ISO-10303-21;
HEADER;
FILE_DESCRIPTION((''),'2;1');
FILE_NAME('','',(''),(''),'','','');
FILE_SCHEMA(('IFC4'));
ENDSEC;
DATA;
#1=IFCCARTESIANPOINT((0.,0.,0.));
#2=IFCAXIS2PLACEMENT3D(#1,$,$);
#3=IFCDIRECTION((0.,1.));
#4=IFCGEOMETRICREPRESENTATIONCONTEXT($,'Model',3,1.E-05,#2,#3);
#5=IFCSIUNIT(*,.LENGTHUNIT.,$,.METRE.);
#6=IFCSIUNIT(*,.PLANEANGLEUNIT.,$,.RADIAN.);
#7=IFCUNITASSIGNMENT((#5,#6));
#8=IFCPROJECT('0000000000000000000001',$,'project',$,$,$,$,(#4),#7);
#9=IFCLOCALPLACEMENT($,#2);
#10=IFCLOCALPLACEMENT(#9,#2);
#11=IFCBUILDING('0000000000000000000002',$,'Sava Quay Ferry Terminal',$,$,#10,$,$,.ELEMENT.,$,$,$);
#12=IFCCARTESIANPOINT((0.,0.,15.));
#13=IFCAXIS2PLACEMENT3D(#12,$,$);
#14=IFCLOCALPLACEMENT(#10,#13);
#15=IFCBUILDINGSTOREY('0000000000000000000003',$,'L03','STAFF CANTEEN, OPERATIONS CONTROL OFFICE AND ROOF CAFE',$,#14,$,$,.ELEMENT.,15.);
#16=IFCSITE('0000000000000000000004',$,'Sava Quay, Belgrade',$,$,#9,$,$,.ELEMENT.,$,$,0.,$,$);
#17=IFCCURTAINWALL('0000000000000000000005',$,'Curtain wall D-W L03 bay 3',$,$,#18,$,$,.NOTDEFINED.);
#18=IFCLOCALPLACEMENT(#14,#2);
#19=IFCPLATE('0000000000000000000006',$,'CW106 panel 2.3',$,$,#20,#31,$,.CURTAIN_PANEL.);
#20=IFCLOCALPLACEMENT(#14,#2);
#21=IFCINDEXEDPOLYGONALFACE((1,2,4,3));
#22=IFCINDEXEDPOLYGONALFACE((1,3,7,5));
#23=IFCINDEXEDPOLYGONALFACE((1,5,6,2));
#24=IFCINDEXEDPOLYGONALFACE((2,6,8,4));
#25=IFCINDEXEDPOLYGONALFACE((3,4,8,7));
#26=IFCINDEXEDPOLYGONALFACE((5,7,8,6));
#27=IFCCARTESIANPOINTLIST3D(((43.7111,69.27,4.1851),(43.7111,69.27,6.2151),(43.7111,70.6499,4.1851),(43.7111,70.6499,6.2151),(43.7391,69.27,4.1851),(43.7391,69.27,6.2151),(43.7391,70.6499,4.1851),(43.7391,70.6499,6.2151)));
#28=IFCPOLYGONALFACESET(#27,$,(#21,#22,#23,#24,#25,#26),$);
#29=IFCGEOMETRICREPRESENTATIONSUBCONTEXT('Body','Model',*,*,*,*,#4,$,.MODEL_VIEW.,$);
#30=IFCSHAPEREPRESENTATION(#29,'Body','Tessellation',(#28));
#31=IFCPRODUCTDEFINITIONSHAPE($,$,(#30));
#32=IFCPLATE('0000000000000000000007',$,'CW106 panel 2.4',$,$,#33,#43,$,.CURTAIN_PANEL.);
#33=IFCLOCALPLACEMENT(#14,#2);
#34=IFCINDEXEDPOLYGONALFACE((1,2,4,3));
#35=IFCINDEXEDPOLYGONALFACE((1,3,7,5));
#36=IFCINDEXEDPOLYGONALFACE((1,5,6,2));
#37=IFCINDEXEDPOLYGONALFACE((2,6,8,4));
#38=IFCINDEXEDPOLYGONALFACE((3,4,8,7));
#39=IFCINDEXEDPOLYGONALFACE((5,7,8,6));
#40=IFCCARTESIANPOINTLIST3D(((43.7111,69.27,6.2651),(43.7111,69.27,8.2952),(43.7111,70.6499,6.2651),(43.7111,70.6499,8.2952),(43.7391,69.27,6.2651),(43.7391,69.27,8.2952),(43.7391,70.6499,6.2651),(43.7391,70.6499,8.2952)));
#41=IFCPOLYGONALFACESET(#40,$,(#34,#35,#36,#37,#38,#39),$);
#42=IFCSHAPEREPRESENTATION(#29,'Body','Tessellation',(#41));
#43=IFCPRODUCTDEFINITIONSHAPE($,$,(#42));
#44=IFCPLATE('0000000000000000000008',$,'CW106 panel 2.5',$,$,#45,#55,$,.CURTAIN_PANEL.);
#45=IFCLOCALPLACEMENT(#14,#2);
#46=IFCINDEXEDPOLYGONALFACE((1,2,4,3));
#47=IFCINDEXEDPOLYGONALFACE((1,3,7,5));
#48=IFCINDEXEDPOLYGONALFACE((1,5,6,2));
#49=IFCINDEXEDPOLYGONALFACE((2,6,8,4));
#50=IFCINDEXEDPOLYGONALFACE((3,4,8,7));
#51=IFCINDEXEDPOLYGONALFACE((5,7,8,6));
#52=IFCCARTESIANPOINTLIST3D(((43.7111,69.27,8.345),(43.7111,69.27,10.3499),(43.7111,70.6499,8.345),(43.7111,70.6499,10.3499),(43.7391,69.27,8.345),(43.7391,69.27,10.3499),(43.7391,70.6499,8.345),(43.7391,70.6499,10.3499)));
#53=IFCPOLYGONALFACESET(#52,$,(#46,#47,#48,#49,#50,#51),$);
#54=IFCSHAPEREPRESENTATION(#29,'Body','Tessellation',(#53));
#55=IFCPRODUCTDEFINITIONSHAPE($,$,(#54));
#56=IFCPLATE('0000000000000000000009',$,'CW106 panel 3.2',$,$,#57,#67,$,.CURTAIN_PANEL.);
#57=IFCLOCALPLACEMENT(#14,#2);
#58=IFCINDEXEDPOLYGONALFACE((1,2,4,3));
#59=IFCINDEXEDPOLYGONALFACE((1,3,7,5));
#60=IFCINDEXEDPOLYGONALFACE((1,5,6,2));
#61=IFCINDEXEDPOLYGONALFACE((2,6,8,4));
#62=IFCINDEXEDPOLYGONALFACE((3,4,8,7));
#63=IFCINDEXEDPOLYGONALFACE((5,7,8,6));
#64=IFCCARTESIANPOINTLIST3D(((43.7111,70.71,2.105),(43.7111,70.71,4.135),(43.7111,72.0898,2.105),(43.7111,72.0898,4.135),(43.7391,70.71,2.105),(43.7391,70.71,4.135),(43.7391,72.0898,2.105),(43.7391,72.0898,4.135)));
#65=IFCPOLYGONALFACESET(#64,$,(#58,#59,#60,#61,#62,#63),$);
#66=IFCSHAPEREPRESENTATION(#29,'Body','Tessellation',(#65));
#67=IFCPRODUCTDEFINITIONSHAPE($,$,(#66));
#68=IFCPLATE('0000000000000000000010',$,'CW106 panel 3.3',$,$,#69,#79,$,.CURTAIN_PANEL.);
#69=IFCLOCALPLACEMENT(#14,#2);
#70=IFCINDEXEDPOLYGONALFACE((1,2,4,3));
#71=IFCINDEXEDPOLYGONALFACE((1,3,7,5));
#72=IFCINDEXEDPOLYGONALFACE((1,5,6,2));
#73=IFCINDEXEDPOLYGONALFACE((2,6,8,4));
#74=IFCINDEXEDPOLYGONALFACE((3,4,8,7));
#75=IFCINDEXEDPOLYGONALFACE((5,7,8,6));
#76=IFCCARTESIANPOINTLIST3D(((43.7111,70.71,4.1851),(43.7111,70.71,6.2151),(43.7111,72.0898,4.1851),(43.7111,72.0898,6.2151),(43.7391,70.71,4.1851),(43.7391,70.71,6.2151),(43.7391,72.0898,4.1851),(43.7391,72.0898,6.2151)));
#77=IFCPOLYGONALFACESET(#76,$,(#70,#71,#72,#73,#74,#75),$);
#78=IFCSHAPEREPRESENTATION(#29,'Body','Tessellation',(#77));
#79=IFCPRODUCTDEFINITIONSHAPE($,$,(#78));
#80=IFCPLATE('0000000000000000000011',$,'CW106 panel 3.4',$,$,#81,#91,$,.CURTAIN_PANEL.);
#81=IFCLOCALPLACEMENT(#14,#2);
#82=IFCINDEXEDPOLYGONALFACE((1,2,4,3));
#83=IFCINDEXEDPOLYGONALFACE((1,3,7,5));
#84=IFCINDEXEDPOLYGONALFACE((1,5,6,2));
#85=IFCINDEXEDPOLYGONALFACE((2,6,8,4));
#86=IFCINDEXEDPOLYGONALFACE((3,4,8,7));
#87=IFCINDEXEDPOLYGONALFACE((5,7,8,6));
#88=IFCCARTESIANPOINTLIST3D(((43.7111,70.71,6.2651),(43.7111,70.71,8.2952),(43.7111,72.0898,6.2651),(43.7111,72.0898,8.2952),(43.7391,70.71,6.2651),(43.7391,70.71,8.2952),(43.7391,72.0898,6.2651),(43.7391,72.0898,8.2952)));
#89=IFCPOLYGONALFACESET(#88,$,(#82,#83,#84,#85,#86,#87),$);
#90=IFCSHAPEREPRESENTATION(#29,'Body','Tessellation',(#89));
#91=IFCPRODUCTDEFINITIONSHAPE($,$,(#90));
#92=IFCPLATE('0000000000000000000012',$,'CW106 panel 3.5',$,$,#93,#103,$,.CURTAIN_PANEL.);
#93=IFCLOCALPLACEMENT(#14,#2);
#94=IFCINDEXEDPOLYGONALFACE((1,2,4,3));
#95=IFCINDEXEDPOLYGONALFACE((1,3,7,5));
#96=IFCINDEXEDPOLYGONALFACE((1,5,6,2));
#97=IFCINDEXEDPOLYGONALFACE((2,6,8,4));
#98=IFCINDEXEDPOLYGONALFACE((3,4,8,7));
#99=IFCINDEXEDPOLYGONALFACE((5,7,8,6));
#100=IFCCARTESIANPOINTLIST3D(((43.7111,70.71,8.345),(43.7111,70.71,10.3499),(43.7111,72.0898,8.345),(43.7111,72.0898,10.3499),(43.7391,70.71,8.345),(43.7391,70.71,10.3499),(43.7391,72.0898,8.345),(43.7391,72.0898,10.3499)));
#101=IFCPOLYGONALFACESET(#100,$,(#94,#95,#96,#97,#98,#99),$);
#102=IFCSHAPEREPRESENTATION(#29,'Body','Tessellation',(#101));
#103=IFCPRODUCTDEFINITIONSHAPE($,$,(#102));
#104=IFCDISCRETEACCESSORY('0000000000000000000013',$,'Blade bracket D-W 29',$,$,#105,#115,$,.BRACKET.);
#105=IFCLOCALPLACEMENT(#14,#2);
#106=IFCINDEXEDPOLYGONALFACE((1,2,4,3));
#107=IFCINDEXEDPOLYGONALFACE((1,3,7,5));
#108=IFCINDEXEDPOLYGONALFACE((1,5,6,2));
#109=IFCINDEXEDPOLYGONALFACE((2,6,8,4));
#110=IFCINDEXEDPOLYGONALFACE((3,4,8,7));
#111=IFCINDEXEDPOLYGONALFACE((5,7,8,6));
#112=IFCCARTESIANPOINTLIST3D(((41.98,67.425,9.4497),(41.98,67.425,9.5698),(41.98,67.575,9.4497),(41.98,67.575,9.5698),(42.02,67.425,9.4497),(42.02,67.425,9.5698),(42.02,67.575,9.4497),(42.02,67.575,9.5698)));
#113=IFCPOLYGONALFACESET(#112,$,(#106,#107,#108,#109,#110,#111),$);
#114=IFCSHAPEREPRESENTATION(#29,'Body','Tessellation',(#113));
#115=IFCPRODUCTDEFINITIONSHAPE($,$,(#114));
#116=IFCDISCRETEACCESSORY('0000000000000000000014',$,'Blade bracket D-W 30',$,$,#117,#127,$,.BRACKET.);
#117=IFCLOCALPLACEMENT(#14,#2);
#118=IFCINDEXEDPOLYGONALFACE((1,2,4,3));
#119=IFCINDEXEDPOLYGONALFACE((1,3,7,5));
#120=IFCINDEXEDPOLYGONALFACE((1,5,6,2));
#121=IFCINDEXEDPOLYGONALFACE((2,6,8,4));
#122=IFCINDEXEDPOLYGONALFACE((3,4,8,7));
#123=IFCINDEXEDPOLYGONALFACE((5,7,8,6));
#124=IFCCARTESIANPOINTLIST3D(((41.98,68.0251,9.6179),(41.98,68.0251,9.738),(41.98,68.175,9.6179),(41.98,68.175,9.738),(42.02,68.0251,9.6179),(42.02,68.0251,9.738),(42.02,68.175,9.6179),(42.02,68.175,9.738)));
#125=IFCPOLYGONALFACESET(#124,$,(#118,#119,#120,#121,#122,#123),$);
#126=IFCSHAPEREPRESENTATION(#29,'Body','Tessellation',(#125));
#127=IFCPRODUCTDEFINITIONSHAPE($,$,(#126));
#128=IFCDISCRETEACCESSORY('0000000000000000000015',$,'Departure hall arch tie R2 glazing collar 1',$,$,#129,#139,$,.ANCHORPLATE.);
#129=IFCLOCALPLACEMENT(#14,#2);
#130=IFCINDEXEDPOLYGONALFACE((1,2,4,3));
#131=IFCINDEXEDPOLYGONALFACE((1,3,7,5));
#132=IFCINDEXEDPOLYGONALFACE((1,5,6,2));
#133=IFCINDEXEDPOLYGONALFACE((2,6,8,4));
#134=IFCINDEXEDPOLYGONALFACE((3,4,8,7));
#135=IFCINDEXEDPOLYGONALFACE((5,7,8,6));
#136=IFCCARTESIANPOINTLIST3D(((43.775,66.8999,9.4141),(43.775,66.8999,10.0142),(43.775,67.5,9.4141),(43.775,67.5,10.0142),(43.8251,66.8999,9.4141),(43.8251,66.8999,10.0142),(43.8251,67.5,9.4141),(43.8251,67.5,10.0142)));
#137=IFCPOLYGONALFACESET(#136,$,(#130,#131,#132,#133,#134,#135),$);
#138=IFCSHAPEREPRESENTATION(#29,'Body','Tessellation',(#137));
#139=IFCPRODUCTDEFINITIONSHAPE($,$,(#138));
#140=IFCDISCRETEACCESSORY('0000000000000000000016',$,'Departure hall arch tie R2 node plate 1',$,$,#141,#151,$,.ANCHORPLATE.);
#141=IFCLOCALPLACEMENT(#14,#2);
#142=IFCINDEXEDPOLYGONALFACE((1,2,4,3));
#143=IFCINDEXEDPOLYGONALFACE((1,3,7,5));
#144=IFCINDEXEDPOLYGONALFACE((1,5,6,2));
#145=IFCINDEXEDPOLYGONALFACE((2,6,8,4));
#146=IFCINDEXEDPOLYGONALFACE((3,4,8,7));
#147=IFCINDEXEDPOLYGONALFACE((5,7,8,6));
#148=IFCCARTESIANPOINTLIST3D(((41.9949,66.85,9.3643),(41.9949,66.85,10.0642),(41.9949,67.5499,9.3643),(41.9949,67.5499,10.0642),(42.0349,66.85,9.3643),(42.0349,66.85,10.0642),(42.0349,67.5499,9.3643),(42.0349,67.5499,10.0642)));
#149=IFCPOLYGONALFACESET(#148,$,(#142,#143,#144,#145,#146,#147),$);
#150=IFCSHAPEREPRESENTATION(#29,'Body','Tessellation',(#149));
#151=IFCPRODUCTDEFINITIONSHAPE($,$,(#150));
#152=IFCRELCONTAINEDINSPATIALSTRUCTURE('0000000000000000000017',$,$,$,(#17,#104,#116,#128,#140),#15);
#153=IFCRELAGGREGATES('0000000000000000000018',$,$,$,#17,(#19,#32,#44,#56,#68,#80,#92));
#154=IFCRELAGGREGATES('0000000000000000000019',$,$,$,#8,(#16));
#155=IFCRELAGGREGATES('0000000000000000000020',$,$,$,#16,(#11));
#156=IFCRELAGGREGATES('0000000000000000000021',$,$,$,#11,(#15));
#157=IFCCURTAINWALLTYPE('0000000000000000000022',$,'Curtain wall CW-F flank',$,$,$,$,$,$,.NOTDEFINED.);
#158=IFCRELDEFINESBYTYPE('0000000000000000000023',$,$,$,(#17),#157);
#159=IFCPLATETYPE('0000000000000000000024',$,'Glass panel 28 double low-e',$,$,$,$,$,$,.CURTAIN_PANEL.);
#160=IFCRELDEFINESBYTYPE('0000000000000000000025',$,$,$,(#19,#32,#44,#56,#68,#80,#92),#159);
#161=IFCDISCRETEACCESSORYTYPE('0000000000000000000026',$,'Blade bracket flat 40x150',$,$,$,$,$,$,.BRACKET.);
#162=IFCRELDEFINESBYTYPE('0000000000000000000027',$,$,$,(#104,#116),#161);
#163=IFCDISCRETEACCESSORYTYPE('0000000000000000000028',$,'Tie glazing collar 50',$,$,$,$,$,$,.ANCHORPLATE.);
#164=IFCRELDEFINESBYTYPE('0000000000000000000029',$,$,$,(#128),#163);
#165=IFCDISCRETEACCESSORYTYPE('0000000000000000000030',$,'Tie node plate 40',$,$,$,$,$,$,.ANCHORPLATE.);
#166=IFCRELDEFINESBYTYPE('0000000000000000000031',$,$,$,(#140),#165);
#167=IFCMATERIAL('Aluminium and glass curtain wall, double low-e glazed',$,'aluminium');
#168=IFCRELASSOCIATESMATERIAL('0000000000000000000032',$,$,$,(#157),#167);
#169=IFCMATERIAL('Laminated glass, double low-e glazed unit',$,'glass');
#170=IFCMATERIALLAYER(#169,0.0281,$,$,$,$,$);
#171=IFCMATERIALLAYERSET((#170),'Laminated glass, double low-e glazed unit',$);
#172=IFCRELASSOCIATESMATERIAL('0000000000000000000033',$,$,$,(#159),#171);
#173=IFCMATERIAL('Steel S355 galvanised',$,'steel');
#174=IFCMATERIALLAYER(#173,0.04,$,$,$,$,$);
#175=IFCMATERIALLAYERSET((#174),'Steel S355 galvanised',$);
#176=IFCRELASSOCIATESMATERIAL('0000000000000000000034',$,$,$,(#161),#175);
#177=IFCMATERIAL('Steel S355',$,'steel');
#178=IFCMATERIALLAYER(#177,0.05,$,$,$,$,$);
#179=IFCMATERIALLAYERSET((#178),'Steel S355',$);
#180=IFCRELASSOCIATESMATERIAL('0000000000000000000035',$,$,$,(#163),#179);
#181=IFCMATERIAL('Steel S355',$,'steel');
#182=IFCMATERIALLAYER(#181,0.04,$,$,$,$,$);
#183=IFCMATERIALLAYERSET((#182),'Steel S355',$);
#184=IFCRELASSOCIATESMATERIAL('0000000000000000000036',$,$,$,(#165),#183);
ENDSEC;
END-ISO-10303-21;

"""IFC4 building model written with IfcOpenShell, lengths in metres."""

from ifc_helpers import new_model, si_unit, direction, frame, origin, origin_2d, place, context, subcontext, project, spatial, rectangle, extrude, material, layer, layer_set, type_object, element, aggregate, save


model = new_model("IFC4")

# Units and contexts
model_context = context("Model", 3, precision=1e-05, world=origin(), true_north=direction((0.0, 1.0)))
body_context = subcontext(model_context, "Body", "Model", "MODEL_VIEW")
ifc_project = project(units=[si_unit("LENGTHUNIT", "METRE"), si_unit("PLANEANGLEUNIT", "RADIAN")], contexts=[model_context])

# Site, building, storey
site_placement = place(None, origin())
site = spatial("IfcSite", under=ifc_project, at=site_placement, Name="Sava Quay, Belgrade", CompositionType="ELEMENT", RefElevation=0.0)
building_placement = place(site_placement, origin())
building = spatial("IfcBuilding", under=site, at=building_placement, Name="Sava Quay Ferry Terminal", CompositionType="ELEMENT")
storey_placement = place(building_placement, frame((0.0, 0.0, 15.0)))
storey = spatial("IfcBuildingStorey", under=building, at=storey_placement, Name="L03", Description="STAFF CANTEEN, OPERATIONS CONTROL OFFICE AND ROOF CAFE", CompositionType="ELEMENT", Elevation=15.0)

# Curtain wall, plates
ifc_material_1 = material(Name="Aluminium and glass curtain wall, double low-e glazed", Category="aluminium")
curtain_wall_type = type_object("IfcCurtainWallType", Name="Curtain wall CW-F flank", PredefinedType="NOTDEFINED", material=ifc_material_1)
curtain_wall_placement = place(storey_placement, origin())
curtain_wall = element("IfcCurtainWall", 1, at=curtain_wall_placement, inside=storey, type_object=curtain_wall_type, Name="Curtain wall D-W L03 bay 3", PredefinedType="NOTDEFINED")
ifc_material_2 = material(Name="Laminated glass, double low-e glazed unit", Category="glass")
ifc_layer_1 = layer(ifc_material_2, 0.0281)
ifc_layer_set_1 = layer_set([ifc_layer_1], Name="Laminated glass, double low-e glazed unit")
plate_type = type_object("IfcPlateType", Name="Glass panel 28 double low-e", PredefinedType="CURTAIN_PANEL", material=ifc_layer_set_1)
plate_1_placement = place(storey_placement, frame((43.7251, 69.96, 4.1851), z_axis=(0.0, 0.0, 1.0), x_axis=(0.0, 1.0, 0.0)))
plate_1 = element("IfcPlate", 2, at=plate_1_placement, type_object=plate_type, Name="CW106 panel 2.3", PredefinedType="CURTAIN_PANEL", context=body_context, shape_type="SweptSolid", body=[
    extrude(rectangle(XDim=1.3799, YDim=0.0281, at=origin_2d()), origin(), (0.0, 0.0, 1.0), 2.03),
])
plate_2_placement = place(storey_placement, frame((43.7251, 69.96, 6.2651), z_axis=(0.0, 0.0, 1.0), x_axis=(0.0, 1.0, 0.0)))
plate_2 = element("IfcPlate", 3, at=plate_2_placement, type_object=plate_type, Name="CW106 panel 2.4", PredefinedType="CURTAIN_PANEL", context=body_context, shape_type="SweptSolid", body=[
    extrude(rectangle(XDim=1.3799, YDim=0.0281, at=origin_2d()), origin(), (0.0, 0.0, 1.0), 2.03),
])
plate_3_placement = place(storey_placement, frame((43.7251, 69.96, 8.345), z_axis=(0.0, 0.0, 1.0), x_axis=(0.0, 1.0, 0.0)))
plate_3 = element("IfcPlate", 4, at=plate_3_placement, type_object=plate_type, Name="CW106 panel 2.5", PredefinedType="CURTAIN_PANEL", context=body_context, shape_type="SweptSolid", body=[
    extrude(rectangle(XDim=1.3799, YDim=0.0281, at=origin_2d()), origin(), (0.0, 0.0, 1.0), 2.0049),
])
plate_4_placement = place(storey_placement, frame((43.7251, 71.3999, 2.105), z_axis=(0.0, 0.0, 1.0), x_axis=(0.0, 1.0, 0.0)))
plate_4 = element("IfcPlate", 5, at=plate_4_placement, type_object=plate_type, Name="CW106 panel 3.2", PredefinedType="CURTAIN_PANEL", context=body_context, shape_type="SweptSolid", body=[
    extrude(rectangle(XDim=1.3799, YDim=0.0281, at=origin_2d()), origin(), (0.0, 0.0, 1.0), 2.03),
])
plate_5_placement = place(storey_placement, frame((43.7251, 71.3999, 4.1851), z_axis=(0.0, 0.0, 1.0), x_axis=(0.0, 1.0, 0.0)))
plate_5 = element("IfcPlate", 6, at=plate_5_placement, type_object=plate_type, Name="CW106 panel 3.3", PredefinedType="CURTAIN_PANEL", context=body_context, shape_type="SweptSolid", body=[
    extrude(rectangle(XDim=1.3799, YDim=0.0281, at=origin_2d()), origin(), (0.0, 0.0, 1.0), 2.03),
])
plate_6_placement = place(storey_placement, frame((43.7251, 71.3999, 6.2651), z_axis=(0.0, 0.0, 1.0), x_axis=(0.0, 1.0, 0.0)))
plate_6 = element("IfcPlate", 7, at=plate_6_placement, type_object=plate_type, Name="CW106 panel 3.4", PredefinedType="CURTAIN_PANEL", context=body_context, shape_type="SweptSolid", body=[
    extrude(rectangle(XDim=1.3799, YDim=0.0281, at=origin_2d()), origin(), (0.0, 0.0, 1.0), 2.03),
])
plate_7_placement = place(storey_placement, frame((43.7251, 71.3999, 8.345), z_axis=(0.0, 0.0, 1.0), x_axis=(0.0, 1.0, 0.0)))
plate_7 = element("IfcPlate", 8, at=plate_7_placement, type_object=plate_type, Name="CW106 panel 3.5", PredefinedType="CURTAIN_PANEL", context=body_context, shape_type="SweptSolid", body=[
    extrude(rectangle(XDim=1.3799, YDim=0.0281, at=origin_2d()), origin(), (0.0, 0.0, 1.0), 2.0049),
])
aggregate(curtain_wall, [plate_1, plate_2, plate_3, plate_4, plate_5, plate_6, plate_7])

# Discrete accessories
ifc_material_3 = material(Name="Steel S355 galvanised", Category="steel")
ifc_layer_2 = layer(ifc_material_3, 0.04)
ifc_layer_set_2 = layer_set([ifc_layer_2], Name="Steel S355 galvanised")
discrete_accessory_type_1 = type_object("IfcDiscreteAccessoryType", Name="Blade bracket flat 40x150", PredefinedType="BRACKET", material=ifc_layer_set_2)
for number, where, z_axis, x_axis, name in (
    (9, (42.0, 67.5, 9.4497), (0.0, 0.0, 1.0), (1.0, 0.0, 0.0), "Blade bracket D-W 29"),
    (10, (42.0, 68.1001, 9.6179), (0.0, 0.0, 1.0), (1.0, 0.0, 0.0), "Blade bracket D-W 30"),
):
    element("IfcDiscreteAccessory", number, at=place(storey_placement, frame(where, z_axis=z_axis, x_axis=x_axis)), inside=storey, type_object=discrete_accessory_type_1, Name=name, PredefinedType="BRACKET", context=body_context, shape_type="SweptSolid", body=[
        extrude(rectangle(XDim=0.04, YDim=0.1499, at=origin_2d()), origin(), (0.0, 0.0, 1.0), 0.1201),
    ])
ifc_material_4 = material(Name="Steel S355", Category="steel")
ifc_layer_3 = layer(ifc_material_4, 0.05)
ifc_layer_set_3 = layer_set([ifc_layer_3], Name="Steel S355")
discrete_accessory_type_2 = type_object("IfcDiscreteAccessoryType", Name="Tie glazing collar 50", PredefinedType="ANCHORPLATE", material=ifc_layer_set_3)
discrete_accessory_1_placement = place(storey_placement, frame((43.8, 67.2, 9.4141), z_axis=(0.0, 0.0, 1.0), x_axis=(1.0, 0.0, 0.0)))
element("IfcDiscreteAccessory", 11, at=discrete_accessory_1_placement, inside=storey, type_object=discrete_accessory_type_2, Name="Departure hall arch tie R2 glazing collar 1", PredefinedType="ANCHORPLATE", context=body_context, shape_type="SweptSolid", body=[
    extrude(rectangle(XDim=0.05, YDim=0.6001, at=origin_2d()), origin(), (0.0, 0.0, 1.0), 0.6001),
])
ifc_material_5 = material(Name="Steel S355", Category="steel")
ifc_layer_4 = layer(ifc_material_5, 0.04)
ifc_layer_set_4 = layer_set([ifc_layer_4], Name="Steel S355")
discrete_accessory_type_3 = type_object("IfcDiscreteAccessoryType", Name="Tie node plate 40", PredefinedType="ANCHORPLATE", material=ifc_layer_set_4)
discrete_accessory_2_placement = place(storey_placement, frame((42.0149, 67.2, 9.3643), z_axis=(0.0, 0.0, 1.0), x_axis=(1.0, 0.0, 0.0)))
element("IfcDiscreteAccessory", 12, at=discrete_accessory_2_placement, inside=storey, type_object=discrete_accessory_type_3, Name="Departure hall arch tie R2 node plate 1", PredefinedType="ANCHORPLATE", context=body_context, shape_type="SweptSolid", body=[
    extrude(rectangle(XDim=0.04, YDim=0.7, at=origin_2d()), origin(), (0.0, 0.0, 1.0), 0.7),
])

save(model, "model.ifc")
